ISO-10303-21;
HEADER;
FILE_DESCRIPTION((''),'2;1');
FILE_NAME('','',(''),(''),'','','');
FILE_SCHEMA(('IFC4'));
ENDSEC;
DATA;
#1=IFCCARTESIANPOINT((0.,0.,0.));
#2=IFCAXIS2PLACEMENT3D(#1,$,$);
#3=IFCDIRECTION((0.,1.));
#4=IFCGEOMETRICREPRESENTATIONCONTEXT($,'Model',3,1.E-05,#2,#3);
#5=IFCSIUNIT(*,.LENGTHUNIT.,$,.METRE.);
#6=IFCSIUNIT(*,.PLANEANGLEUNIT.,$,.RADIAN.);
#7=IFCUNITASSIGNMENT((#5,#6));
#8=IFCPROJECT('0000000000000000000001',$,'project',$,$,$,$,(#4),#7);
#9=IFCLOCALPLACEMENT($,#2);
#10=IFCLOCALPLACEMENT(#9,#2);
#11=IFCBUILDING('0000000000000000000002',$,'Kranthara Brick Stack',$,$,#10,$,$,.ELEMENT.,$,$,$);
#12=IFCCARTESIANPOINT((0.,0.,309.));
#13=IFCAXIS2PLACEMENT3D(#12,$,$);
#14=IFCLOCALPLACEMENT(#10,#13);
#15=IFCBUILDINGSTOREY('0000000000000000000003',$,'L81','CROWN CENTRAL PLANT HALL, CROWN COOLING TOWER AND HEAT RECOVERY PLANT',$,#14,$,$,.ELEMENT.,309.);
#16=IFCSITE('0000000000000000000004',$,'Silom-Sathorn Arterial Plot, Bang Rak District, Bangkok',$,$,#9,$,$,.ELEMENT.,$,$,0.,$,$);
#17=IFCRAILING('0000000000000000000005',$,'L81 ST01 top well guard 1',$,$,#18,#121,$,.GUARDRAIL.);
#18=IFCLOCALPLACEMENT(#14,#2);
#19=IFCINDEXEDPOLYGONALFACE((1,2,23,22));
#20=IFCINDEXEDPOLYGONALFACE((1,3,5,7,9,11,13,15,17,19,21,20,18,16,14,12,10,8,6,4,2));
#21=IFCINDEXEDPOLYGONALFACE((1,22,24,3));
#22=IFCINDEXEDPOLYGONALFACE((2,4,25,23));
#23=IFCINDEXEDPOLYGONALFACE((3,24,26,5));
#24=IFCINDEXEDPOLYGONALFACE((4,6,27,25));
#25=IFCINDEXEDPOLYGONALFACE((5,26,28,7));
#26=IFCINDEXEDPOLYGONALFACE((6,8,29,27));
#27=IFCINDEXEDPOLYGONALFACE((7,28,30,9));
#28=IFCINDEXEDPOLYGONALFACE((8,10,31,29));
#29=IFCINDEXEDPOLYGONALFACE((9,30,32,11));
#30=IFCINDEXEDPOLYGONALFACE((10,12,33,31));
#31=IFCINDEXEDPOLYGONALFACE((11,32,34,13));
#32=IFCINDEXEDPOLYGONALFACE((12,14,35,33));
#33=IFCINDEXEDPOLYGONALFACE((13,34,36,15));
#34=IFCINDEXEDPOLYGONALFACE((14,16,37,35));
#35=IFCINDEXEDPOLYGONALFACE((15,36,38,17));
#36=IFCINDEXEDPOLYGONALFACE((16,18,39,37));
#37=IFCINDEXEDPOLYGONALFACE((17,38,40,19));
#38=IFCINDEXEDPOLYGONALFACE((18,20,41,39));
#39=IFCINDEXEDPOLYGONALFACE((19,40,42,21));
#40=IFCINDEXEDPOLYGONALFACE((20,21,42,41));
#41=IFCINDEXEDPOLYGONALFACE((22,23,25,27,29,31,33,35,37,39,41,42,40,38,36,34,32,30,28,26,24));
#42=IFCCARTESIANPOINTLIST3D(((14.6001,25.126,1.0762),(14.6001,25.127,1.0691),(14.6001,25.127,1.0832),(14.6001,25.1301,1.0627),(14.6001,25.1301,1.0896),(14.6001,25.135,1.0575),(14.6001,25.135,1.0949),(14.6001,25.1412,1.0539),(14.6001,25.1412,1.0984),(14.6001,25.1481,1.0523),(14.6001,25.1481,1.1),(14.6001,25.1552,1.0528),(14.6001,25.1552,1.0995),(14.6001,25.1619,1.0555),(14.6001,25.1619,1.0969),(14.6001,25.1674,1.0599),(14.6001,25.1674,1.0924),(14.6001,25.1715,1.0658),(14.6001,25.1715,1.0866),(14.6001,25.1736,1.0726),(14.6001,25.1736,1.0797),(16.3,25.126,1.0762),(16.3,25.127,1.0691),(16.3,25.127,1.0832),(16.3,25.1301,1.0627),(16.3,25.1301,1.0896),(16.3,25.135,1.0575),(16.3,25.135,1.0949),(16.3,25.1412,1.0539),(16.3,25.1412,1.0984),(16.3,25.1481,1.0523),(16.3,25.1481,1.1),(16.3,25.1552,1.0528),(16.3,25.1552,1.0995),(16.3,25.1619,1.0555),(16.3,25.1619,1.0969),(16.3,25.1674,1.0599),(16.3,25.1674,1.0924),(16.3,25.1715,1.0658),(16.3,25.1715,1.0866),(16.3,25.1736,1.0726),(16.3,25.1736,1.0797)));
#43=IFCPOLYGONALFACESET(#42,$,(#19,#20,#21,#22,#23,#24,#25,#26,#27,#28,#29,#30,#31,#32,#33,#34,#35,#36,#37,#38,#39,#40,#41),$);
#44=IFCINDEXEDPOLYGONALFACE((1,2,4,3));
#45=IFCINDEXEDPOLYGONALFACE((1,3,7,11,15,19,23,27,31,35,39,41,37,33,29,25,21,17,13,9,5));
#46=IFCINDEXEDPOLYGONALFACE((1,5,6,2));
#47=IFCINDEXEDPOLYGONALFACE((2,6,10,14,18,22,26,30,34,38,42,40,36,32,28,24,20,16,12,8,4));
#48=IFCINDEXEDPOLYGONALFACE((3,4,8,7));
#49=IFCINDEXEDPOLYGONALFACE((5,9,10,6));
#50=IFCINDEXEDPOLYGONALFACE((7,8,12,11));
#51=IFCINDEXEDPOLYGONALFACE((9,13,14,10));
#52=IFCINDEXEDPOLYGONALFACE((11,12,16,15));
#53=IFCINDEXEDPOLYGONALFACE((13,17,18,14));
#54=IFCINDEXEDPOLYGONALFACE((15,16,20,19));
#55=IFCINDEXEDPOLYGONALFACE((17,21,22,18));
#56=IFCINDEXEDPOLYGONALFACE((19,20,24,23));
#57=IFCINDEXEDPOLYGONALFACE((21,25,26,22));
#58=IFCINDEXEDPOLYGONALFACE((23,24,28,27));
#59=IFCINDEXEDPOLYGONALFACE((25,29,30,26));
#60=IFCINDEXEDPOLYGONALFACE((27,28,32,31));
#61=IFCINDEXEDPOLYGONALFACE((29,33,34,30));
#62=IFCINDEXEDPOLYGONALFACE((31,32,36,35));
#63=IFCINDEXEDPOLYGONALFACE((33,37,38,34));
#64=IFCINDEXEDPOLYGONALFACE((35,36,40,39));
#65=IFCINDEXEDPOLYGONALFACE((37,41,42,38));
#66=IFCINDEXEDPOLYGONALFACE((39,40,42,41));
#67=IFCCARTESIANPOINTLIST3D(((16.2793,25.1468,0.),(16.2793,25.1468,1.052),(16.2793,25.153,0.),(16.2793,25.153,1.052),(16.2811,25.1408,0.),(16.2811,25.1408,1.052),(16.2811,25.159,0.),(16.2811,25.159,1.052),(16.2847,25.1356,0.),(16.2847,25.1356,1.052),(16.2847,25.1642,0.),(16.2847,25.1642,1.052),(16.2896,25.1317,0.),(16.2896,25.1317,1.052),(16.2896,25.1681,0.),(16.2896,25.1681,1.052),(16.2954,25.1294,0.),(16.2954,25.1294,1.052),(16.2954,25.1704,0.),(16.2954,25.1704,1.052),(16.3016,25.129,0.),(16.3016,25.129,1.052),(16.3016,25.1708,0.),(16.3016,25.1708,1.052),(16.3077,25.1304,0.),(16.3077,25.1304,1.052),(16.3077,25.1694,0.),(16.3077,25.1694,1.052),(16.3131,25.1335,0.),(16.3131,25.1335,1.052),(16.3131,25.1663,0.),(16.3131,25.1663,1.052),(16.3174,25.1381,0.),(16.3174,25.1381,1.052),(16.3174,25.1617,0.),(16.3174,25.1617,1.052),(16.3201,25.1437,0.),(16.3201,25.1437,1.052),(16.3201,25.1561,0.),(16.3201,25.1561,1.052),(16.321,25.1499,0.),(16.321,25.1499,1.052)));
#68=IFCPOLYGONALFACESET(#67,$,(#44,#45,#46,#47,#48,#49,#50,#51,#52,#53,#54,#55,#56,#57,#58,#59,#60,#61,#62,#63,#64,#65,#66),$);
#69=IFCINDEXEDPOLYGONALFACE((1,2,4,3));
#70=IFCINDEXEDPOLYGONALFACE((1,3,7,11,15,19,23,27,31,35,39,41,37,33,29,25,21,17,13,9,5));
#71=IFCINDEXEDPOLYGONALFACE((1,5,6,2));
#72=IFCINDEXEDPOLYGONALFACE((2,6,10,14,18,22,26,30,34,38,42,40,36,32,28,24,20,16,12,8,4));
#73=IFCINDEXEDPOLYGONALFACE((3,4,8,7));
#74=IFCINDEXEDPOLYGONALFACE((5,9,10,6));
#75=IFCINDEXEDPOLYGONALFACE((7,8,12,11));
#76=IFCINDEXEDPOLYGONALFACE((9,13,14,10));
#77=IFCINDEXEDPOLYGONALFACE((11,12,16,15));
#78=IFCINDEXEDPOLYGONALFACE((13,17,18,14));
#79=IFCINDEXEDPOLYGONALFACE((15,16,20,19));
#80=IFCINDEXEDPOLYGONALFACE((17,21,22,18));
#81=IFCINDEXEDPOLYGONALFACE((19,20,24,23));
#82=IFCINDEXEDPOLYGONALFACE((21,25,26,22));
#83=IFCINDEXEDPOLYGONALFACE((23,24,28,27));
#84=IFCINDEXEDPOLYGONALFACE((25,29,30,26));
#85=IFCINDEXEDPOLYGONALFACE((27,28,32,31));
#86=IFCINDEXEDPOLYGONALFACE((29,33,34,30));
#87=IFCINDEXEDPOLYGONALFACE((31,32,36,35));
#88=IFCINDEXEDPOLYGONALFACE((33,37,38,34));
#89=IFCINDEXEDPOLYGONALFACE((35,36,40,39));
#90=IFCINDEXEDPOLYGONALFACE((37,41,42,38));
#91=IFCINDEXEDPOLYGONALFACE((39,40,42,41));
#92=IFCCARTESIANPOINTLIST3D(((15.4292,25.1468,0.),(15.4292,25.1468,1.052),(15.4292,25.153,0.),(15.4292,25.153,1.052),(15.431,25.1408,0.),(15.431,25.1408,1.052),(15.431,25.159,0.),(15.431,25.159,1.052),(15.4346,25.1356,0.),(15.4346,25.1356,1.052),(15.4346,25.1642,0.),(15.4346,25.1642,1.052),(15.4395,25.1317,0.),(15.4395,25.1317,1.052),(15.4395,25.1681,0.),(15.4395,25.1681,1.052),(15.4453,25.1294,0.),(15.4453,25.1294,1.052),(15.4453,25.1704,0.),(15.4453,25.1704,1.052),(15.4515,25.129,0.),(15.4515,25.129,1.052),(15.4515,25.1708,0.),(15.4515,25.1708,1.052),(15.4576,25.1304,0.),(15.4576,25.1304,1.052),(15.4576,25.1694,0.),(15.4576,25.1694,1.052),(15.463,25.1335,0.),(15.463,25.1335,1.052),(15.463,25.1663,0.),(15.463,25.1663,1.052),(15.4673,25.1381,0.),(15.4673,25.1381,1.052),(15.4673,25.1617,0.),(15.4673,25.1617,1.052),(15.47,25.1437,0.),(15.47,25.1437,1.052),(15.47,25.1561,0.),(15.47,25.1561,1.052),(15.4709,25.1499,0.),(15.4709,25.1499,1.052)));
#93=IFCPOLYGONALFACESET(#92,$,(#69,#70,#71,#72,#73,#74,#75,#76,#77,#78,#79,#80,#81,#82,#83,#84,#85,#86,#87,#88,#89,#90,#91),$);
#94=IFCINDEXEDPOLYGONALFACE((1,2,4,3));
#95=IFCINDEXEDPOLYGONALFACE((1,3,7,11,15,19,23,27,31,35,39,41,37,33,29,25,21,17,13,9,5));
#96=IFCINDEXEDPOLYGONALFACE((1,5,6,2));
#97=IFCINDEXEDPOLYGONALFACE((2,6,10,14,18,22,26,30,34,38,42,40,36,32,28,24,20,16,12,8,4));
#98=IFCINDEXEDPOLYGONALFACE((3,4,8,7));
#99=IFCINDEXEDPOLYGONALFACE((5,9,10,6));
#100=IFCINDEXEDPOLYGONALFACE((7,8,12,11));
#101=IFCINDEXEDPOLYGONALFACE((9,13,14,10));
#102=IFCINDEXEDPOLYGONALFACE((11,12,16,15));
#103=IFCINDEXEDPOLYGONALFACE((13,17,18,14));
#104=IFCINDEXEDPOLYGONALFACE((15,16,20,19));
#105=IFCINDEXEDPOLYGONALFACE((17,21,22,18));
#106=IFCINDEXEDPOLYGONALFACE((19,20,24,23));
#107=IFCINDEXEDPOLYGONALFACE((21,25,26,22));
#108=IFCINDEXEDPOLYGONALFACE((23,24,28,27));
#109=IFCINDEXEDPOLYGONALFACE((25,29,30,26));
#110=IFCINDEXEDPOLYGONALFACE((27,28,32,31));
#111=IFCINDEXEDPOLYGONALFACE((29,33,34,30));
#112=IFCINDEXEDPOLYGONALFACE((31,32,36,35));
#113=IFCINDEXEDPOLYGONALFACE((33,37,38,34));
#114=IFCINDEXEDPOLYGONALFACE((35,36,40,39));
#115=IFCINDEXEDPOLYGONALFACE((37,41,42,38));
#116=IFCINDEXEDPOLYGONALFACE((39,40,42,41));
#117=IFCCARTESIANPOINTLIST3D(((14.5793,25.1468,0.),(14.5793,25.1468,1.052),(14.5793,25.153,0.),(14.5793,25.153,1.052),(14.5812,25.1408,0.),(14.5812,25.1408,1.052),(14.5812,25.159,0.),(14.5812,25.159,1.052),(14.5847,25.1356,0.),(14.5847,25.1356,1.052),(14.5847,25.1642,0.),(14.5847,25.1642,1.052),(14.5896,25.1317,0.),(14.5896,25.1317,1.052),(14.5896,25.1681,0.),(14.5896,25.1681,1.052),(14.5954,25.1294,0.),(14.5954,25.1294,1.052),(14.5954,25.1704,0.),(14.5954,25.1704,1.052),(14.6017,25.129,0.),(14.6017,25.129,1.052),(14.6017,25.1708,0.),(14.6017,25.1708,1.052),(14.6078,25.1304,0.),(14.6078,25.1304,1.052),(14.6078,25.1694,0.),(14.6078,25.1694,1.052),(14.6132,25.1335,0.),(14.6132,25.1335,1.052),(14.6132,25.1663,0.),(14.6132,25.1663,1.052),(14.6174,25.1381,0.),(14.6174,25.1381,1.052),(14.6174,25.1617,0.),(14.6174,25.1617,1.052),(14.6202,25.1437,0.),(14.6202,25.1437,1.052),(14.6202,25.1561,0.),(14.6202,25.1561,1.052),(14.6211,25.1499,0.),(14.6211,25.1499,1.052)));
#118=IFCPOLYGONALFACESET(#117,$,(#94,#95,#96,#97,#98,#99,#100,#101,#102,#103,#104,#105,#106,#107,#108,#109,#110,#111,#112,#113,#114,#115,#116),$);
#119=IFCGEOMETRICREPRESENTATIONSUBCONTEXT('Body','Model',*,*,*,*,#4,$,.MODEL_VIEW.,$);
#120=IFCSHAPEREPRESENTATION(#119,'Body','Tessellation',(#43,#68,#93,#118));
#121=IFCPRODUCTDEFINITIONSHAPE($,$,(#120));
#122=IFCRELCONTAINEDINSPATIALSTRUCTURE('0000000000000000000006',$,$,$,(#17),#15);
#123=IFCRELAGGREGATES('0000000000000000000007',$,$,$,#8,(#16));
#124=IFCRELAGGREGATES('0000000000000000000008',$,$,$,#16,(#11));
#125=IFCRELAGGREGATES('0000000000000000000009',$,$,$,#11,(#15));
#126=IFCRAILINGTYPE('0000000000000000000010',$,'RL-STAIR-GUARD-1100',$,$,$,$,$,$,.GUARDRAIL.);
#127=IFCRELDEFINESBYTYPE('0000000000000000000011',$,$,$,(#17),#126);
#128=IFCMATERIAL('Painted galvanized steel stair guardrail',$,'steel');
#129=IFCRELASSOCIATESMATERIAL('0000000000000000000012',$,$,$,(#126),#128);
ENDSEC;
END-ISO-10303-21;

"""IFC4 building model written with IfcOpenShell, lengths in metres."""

from ifc_helpers import new_model, si_unit, direction, frame, origin, origin_2d, place, context, subcontext, project, spatial, circle, extrude, material, type_object, element, save


model = new_model("IFC4")

# Units and contexts
model_context = context("Model", 3, precision=1e-05, world=origin(), true_north=direction((0.0, 1.0)))
body_context = subcontext(model_context, "Body", "Model", "MODEL_VIEW")
ifc_project = project(units=[si_unit("LENGTHUNIT", "METRE"), si_unit("PLANEANGLEUNIT", "RADIAN")], contexts=[model_context])

# Site, building, storey
site_placement = place(None, origin())
site = spatial("IfcSite", under=ifc_project, at=site_placement, Name="Silom-Sathorn Arterial Plot, Bang Rak District, Bangkok", CompositionType="ELEMENT", RefElevation=0.0)
building_placement = place(site_placement, origin())
building = spatial("IfcBuilding", under=site, at=building_placement, Name="Kranthara Brick Stack", CompositionType="ELEMENT")
storey_placement = place(building_placement, frame((0.0, 0.0, 309.0)))
storey = spatial("IfcBuildingStorey", under=building, at=storey_placement, Name="L81", Description="CROWN CENTRAL PLANT HALL, CROWN COOLING TOWER AND HEAT RECOVERY PLANT", CompositionType="ELEMENT", Elevation=309.0)

# Railing
ifc_material_1 = material(Name="Painted galvanized steel stair guardrail", Category="steel")
railing_type = type_object("IfcRailingType", Name="RL-STAIR-GUARD-1100", PredefinedType="GUARDRAIL", material=ifc_material_1)
railing_placement = place(storey_placement, frame((16.3, 25.1499, 0.0)))
element("IfcRailing", 1, at=railing_placement, inside=storey, type_object=railing_type, Name="L81 ST01 top well guard 1", PredefinedType="GUARDRAIL", context=body_context, shape_type="SweptSolid", body=[
    extrude(circle(Radius=0.0239, at=origin_2d()), frame((0.0, 0.0, 1.0762), z_axis=(-1.0, 0.0, 0.0), x_axis=(0.0, -1.0, 0.0)), (0.0, 0.0, 1.0), 1.7),
    extrude(circle(Radius=0.021, at=origin_2d()), origin(), (0.0, 0.0, 1.0), 1.052),
    extrude(circle(Radius=0.021, at=origin_2d()), frame((-0.8501, 0.0, 0.0)), (0.0, 0.0, 1.0), 1.052),
    extrude(circle(Radius=0.021, at=origin_2d()), frame((-1.7, 0.0, 0.0)), (0.0, 0.0, 1.0), 1.052),
])

save(model, "model.ifc")
